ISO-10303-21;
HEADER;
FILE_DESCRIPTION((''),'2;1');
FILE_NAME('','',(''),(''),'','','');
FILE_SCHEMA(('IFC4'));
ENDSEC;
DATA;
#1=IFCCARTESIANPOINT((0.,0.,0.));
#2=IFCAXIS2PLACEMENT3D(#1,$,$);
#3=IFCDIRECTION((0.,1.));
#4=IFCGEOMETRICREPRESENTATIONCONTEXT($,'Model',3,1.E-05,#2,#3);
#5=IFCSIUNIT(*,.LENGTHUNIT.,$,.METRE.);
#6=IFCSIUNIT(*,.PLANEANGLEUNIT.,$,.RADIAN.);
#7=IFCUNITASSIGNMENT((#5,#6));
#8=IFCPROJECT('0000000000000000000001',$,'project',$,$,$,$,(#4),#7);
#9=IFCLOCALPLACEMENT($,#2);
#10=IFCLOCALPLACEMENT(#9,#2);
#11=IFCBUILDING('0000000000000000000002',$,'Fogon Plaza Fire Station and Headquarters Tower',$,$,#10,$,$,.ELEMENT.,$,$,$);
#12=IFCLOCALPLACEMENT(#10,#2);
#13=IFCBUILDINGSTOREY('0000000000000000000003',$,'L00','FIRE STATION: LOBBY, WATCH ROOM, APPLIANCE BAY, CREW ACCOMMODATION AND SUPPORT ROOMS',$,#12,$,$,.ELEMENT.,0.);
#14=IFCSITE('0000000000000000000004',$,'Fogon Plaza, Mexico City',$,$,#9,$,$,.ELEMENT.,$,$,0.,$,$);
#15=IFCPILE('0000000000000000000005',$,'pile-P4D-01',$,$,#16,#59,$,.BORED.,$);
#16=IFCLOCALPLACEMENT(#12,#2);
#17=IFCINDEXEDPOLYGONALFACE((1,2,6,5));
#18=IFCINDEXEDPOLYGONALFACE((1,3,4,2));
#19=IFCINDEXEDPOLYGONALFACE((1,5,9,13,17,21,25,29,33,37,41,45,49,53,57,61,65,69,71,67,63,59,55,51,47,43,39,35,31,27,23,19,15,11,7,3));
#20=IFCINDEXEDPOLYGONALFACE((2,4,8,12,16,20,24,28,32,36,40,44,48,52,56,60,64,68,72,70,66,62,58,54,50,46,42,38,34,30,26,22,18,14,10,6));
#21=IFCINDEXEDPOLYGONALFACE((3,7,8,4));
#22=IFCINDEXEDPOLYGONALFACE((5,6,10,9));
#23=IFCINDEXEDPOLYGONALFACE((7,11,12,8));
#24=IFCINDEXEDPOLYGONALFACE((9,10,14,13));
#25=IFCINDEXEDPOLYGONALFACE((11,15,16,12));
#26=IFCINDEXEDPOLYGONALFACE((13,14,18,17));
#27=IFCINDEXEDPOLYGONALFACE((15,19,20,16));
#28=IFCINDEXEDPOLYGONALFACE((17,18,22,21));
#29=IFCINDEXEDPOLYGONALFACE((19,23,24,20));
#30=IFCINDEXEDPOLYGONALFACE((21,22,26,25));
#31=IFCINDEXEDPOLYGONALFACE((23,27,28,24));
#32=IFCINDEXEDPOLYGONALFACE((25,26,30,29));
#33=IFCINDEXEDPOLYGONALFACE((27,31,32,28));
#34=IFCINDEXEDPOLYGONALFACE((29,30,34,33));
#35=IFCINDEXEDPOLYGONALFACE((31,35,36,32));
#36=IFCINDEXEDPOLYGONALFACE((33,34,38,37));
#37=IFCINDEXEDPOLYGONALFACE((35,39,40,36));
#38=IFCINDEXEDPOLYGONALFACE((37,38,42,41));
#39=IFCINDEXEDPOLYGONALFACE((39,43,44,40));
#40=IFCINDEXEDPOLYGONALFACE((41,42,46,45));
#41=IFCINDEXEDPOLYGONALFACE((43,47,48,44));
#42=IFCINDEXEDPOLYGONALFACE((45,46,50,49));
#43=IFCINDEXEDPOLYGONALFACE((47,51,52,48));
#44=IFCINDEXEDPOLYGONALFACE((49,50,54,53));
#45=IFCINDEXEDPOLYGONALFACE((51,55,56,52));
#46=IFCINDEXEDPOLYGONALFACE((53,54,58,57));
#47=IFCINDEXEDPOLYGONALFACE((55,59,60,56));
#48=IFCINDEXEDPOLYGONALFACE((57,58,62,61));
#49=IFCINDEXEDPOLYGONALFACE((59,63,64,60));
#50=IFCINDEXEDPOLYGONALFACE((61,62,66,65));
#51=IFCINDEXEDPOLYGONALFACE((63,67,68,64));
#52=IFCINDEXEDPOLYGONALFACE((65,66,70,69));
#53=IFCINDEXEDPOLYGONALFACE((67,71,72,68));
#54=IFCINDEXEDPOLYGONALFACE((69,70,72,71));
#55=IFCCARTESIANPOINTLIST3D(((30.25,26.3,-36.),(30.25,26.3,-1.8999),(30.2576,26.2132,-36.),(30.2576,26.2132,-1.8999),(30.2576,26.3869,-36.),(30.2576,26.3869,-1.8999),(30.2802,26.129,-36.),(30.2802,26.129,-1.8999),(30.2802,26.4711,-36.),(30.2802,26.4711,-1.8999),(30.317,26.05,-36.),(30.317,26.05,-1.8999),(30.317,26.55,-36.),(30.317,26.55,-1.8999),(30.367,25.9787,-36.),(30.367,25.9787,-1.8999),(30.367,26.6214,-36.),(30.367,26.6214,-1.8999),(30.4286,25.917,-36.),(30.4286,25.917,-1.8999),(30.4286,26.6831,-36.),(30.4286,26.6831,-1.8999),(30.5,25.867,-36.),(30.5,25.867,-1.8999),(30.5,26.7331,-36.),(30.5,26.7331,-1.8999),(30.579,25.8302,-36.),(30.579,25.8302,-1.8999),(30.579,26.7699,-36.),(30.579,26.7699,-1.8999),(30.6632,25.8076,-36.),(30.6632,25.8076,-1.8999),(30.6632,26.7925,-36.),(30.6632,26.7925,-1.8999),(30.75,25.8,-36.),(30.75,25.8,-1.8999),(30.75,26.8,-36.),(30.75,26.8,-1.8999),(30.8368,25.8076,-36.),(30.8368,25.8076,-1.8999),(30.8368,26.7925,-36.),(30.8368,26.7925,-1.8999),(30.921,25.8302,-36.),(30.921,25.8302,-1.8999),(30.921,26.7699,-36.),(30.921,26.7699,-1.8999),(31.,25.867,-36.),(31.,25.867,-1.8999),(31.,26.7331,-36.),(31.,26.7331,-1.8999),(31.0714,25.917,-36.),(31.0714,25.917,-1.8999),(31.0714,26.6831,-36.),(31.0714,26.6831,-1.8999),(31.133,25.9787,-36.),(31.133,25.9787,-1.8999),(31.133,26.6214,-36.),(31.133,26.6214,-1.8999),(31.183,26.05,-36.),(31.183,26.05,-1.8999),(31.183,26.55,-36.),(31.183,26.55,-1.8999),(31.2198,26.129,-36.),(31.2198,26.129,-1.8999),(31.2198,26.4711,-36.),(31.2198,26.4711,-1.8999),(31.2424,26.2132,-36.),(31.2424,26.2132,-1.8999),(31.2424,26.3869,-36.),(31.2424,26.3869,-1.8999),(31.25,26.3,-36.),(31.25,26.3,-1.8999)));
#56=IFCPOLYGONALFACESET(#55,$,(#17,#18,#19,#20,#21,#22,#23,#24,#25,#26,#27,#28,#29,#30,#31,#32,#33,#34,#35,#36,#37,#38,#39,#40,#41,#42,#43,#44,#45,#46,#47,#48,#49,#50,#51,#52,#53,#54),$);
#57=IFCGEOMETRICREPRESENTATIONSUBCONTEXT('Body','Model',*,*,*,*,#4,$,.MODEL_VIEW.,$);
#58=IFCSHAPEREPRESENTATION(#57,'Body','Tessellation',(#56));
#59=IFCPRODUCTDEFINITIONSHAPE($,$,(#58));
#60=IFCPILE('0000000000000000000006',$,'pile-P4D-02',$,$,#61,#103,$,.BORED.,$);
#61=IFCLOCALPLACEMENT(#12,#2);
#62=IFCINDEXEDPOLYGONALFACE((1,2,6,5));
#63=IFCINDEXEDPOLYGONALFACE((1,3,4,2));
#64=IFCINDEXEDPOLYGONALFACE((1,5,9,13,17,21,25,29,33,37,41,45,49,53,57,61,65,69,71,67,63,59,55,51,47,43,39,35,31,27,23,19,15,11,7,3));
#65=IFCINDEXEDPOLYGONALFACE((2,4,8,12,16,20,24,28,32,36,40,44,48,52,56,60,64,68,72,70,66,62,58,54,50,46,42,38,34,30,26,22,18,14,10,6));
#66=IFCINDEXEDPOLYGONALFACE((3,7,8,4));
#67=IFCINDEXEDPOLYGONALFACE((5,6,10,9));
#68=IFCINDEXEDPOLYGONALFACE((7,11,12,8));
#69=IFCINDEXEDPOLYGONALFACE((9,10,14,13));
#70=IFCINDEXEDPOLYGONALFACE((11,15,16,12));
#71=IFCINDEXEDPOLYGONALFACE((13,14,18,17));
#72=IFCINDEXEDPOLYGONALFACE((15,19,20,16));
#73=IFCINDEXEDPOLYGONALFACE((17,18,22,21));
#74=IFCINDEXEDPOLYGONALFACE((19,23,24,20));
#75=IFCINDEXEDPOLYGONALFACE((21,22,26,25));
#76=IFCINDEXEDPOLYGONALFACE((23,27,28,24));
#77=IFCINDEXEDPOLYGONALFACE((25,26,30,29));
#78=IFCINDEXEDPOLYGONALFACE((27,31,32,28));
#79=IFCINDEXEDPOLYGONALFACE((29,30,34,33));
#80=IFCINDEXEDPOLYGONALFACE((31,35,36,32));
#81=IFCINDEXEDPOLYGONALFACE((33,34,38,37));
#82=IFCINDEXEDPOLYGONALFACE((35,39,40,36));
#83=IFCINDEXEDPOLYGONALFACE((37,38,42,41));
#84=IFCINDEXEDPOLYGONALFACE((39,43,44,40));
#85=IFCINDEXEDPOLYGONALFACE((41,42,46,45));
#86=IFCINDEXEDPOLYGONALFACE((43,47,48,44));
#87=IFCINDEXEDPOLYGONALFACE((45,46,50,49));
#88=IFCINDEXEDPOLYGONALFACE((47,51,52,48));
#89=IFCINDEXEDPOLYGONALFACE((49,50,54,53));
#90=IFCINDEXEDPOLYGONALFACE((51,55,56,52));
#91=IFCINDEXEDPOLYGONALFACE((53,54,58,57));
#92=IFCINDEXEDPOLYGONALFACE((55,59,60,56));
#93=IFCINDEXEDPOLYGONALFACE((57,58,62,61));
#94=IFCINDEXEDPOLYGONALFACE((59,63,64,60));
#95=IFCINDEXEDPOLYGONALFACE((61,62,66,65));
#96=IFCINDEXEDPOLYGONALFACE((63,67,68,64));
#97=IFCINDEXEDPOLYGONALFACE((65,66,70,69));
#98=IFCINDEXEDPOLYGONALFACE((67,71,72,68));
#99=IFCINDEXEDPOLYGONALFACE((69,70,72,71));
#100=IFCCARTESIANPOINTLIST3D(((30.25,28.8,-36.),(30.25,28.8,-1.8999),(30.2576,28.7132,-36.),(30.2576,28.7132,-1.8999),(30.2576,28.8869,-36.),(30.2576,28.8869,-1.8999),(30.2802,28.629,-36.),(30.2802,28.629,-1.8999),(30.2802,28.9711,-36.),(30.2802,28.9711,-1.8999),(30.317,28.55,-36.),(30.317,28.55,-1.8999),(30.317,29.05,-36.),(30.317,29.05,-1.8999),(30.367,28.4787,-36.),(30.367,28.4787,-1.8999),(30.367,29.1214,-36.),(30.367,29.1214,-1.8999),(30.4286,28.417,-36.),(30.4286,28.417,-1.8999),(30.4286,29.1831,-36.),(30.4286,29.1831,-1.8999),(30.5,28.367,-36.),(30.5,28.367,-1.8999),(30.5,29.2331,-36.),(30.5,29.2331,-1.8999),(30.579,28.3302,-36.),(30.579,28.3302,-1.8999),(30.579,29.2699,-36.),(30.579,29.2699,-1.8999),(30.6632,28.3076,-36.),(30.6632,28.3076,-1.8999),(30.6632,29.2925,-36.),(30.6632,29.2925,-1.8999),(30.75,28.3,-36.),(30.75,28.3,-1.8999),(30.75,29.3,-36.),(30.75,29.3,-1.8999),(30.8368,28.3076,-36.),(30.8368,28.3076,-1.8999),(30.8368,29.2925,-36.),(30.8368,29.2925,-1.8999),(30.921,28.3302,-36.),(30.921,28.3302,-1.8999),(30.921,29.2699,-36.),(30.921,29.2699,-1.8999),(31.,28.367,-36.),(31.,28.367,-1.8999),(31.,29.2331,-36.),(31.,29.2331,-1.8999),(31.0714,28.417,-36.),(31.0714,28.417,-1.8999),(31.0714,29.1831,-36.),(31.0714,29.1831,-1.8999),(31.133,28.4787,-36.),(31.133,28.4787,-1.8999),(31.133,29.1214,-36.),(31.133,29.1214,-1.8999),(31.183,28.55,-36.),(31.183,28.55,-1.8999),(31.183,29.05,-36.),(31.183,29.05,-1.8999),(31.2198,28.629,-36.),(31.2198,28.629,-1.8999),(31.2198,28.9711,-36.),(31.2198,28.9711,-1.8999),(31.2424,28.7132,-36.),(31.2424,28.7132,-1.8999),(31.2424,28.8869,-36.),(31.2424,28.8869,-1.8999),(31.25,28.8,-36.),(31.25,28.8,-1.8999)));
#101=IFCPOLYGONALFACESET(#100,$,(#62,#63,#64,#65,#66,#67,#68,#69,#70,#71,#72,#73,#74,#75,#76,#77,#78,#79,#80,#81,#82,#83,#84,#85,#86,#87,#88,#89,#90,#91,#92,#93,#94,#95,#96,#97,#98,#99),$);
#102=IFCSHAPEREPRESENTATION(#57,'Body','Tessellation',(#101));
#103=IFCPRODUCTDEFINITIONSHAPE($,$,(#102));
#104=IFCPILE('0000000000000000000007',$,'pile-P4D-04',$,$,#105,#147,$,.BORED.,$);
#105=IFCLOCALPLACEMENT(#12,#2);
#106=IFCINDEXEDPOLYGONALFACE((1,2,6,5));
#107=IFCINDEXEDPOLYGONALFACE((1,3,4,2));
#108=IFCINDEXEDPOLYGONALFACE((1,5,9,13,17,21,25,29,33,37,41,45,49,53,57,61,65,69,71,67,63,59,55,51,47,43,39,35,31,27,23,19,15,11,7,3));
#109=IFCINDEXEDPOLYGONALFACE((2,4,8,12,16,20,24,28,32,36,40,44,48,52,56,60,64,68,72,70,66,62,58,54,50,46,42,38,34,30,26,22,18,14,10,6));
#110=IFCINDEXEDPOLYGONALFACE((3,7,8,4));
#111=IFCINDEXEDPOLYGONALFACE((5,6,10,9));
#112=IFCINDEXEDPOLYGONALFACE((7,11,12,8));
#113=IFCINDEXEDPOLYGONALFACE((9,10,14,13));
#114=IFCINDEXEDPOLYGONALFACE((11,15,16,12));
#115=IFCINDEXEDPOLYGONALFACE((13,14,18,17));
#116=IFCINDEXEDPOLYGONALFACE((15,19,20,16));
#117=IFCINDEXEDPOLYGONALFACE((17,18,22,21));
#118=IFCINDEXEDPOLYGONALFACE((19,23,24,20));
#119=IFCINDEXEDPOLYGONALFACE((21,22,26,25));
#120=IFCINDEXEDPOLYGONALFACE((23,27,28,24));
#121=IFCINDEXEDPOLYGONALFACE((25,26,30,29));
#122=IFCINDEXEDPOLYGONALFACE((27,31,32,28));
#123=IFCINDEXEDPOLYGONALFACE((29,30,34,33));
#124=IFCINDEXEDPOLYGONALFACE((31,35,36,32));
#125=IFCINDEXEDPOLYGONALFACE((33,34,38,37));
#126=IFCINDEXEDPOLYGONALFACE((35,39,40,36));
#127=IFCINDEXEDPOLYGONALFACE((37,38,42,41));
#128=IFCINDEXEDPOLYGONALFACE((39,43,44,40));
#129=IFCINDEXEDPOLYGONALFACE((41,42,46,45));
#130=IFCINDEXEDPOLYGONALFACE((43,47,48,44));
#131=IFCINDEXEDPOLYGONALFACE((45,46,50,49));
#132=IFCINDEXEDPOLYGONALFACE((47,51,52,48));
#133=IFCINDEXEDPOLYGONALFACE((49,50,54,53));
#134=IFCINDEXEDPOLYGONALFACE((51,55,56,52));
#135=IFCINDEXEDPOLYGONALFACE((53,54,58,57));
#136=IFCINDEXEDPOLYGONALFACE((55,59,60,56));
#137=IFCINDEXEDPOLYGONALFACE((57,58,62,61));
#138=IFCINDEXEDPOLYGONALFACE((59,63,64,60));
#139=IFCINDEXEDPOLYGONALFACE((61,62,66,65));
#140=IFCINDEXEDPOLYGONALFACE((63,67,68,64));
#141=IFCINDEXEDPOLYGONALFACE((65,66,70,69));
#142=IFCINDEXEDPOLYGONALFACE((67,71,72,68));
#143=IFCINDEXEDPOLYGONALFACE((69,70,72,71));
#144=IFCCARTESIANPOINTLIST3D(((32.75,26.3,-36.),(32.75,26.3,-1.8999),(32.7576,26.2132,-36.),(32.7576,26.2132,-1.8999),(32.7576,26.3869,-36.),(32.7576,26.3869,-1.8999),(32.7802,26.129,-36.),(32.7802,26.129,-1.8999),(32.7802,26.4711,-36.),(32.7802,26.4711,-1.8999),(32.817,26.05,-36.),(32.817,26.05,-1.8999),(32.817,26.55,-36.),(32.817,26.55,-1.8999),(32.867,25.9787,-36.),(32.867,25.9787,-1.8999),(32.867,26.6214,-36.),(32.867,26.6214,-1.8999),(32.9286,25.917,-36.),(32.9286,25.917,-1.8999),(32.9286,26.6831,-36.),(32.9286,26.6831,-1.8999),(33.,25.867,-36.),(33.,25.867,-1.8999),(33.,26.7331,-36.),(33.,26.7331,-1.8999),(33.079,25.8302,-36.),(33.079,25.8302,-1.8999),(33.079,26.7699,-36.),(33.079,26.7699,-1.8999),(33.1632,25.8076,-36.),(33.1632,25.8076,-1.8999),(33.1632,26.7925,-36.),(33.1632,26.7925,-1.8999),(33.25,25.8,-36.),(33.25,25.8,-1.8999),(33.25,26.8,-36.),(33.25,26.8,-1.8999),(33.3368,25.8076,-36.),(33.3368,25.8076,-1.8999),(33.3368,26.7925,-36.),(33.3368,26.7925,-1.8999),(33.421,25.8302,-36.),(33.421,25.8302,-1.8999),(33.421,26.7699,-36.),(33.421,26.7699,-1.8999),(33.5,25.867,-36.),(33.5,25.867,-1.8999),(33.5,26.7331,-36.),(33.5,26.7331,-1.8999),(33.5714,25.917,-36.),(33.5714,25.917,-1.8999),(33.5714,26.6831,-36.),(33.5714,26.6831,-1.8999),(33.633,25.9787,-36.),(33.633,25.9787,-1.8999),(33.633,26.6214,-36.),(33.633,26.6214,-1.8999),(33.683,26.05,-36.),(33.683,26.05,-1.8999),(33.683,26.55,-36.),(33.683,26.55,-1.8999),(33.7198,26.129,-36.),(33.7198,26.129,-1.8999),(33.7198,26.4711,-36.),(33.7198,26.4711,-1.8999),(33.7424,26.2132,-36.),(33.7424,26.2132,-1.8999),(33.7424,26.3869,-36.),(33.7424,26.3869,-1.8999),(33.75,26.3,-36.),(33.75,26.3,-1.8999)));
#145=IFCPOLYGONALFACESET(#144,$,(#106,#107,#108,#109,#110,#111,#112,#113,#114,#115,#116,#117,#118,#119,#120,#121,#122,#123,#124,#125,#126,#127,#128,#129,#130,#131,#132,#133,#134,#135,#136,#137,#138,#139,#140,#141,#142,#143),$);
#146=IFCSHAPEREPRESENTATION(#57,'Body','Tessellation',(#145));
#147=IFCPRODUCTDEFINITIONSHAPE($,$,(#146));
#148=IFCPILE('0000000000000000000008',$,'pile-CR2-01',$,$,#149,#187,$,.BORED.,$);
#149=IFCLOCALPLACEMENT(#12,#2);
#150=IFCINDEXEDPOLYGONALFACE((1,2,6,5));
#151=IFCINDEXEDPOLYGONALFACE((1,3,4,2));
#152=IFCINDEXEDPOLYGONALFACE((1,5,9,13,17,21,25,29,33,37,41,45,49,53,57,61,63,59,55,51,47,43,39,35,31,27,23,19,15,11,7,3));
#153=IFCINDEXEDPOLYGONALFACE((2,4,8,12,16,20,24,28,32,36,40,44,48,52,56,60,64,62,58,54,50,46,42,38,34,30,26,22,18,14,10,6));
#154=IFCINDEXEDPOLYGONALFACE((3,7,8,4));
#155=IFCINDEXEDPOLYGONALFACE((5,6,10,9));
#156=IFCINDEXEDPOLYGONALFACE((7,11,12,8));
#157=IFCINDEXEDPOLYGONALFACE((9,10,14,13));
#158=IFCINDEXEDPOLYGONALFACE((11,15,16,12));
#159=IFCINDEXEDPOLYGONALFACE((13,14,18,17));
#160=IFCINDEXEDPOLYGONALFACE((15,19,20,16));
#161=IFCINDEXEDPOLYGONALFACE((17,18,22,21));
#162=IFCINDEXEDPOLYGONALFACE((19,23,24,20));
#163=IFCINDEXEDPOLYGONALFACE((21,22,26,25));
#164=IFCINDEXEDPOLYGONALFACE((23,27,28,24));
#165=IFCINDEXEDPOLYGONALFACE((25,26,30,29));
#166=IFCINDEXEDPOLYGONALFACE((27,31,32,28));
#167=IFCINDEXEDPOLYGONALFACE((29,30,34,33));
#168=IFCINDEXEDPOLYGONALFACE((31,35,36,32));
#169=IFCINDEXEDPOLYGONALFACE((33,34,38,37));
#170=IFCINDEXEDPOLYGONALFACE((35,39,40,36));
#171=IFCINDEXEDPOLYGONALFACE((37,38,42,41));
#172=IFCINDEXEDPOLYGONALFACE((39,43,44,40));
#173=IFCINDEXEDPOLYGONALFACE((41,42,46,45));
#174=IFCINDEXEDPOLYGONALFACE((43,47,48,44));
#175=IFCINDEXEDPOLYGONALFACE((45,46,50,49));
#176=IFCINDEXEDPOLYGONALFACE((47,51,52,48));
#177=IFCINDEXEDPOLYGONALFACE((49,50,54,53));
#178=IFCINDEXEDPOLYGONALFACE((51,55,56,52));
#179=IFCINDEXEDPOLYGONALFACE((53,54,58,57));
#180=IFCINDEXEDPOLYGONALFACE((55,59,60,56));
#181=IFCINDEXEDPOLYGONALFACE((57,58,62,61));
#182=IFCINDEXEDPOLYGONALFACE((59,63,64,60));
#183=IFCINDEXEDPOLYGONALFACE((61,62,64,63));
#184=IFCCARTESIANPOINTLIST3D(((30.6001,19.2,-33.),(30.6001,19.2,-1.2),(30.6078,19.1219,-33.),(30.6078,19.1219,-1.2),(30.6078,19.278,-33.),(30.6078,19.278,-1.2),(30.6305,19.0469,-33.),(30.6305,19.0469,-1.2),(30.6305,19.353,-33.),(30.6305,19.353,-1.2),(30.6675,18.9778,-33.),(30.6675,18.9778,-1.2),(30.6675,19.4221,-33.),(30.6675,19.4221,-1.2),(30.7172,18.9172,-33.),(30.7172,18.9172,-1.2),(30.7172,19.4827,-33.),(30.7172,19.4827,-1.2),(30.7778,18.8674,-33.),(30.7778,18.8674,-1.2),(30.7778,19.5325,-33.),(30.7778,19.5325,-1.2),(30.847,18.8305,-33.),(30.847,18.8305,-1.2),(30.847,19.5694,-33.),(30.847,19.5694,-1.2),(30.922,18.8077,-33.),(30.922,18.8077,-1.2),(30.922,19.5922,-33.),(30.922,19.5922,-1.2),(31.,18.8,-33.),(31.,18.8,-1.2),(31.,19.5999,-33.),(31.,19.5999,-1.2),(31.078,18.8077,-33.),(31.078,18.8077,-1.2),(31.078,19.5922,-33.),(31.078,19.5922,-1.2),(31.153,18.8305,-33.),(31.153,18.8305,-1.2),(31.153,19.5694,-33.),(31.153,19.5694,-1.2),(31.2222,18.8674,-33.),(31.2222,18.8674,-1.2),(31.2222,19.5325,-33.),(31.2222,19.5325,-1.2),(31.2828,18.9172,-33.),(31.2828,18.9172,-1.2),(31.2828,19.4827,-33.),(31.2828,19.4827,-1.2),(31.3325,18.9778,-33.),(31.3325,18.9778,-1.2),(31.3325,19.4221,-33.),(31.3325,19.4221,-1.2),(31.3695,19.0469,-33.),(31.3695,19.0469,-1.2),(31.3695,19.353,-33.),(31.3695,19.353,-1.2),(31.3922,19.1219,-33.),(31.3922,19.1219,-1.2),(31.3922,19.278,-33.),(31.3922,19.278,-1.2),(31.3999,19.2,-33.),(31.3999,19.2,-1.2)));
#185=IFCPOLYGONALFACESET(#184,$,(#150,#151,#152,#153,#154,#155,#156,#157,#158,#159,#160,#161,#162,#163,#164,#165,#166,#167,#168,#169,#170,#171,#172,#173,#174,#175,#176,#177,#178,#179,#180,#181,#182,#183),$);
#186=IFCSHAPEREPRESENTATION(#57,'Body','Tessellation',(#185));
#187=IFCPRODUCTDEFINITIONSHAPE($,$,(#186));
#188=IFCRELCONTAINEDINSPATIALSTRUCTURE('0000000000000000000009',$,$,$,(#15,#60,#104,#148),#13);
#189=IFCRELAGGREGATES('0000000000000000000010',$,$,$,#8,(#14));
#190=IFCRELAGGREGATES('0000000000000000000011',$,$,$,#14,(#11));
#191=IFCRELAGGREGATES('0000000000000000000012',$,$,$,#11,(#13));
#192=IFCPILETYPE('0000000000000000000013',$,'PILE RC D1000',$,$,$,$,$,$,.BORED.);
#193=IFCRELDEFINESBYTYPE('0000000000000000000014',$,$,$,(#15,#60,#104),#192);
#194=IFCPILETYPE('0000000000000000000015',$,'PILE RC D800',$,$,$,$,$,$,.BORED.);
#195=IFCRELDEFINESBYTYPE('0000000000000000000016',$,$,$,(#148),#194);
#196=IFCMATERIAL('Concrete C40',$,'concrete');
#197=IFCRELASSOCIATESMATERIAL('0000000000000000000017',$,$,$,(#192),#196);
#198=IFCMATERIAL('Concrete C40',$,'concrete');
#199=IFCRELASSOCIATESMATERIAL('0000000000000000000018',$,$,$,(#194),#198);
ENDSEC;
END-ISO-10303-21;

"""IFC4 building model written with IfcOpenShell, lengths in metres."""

from ifc_helpers import new_model, si_unit, direction, frame, origin, origin_2d, place, context, subcontext, project, spatial, circle, extrude, material, material_profile, profile_set, type_object, element, save


model = new_model("IFC4")

# Units and contexts
model_context = context("Model", 3, precision=1e-05, world=origin(), true_north=direction((0.0, 1.0)))
body_context = subcontext(model_context, "Body", "Model", "MODEL_VIEW")
ifc_project = project(units=[si_unit("LENGTHUNIT", "METRE"), si_unit("PLANEANGLEUNIT", "RADIAN")], contexts=[model_context])

# Site, building, storey
site_placement = place(None, origin())
site = spatial("IfcSite", under=ifc_project, at=site_placement, Name="Fogon Plaza, Mexico City", CompositionType="ELEMENT", RefElevation=0.0)
building_placement = place(site_placement, origin())
building = spatial("IfcBuilding", under=site, at=building_placement, Name="Fogon Plaza Fire Station and Headquarters Tower", CompositionType="ELEMENT")
storey_placement = place(building_placement, origin())
storey = spatial("IfcBuildingStorey", under=building, at=storey_placement, Name="L00", Description="FIRE STATION: LOBBY, WATCH ROOM, APPLIANCE BAY, CREW ACCOMMODATION AND SUPPORT ROOMS", CompositionType="ELEMENT", Elevation=0.0)

# Piles
ifc_material_1 = material(Name="Concrete C40", Category="concrete")
ifc_material_profile_1 = material_profile(ifc_material_1, circle(Radius=0.5, at=origin_2d()), Name="RC D1000")
ifc_profile_set_1 = profile_set([ifc_material_profile_1], Name="Concrete C40")
pile_type_1 = type_object("IfcPileType", Name="PILE RC D1000", PredefinedType="BORED", material=ifc_profile_set_1)
for number, where, z_axis, x_axis, name in (
    (1, (30.75, 26.3, -1.8999), (0.0, 0.0, -1.0), (1.0, 0.0, 0.0), "pile-P4D-01"),
    (2, (30.75, 28.8, -1.8999), (0.0, 0.0, -1.0), (1.0, 0.0, 0.0), "pile-P4D-02"),
    (3, (33.25, 26.3, -1.8999), (0.0, 0.0, -1.0), (1.0, 0.0, 0.0), "pile-P4D-04"),
):
    element("IfcPile", number, at=place(storey_placement, frame(where, z_axis=z_axis, x_axis=x_axis)), inside=storey, type_object=pile_type_1, Name=name, PredefinedType="BORED", context=body_context, shape_type="SweptSolid", body=[
        extrude(circle(Radius=0.5, at=origin_2d()), origin(), (0.0, 0.0, 1.0), 34.1001),
    ])
ifc_material_2 = material(Name="Concrete C40", Category="concrete")
ifc_material_profile_2 = material_profile(ifc_material_2, circle(Radius=0.3999, at=origin_2d()), Name="RC D800")
ifc_profile_set_2 = profile_set([ifc_material_profile_2], Name="Concrete C40")
pile_type_2 = type_object("IfcPileType", Name="PILE RC D800", PredefinedType="BORED", material=ifc_profile_set_2)
for number, where, z_axis, x_axis, name in (
    (4, (31.0, 19.2, -1.2), (0.0, 0.0, -1.0), (1.0, 0.0, 0.0), "pile-CR2-01"),
):
    element("IfcPile", number, at=place(storey_placement, frame(where, z_axis=z_axis, x_axis=x_axis)), inside=storey, type_object=pile_type_2, Name=name, PredefinedType="BORED", context=body_context, shape_type="SweptSolid", body=[
        extrude(circle(Radius=0.3999, at=origin_2d()), origin(), (0.0, 0.0, 1.0), 31.8),
    ])

save(model, "model.ifc")
